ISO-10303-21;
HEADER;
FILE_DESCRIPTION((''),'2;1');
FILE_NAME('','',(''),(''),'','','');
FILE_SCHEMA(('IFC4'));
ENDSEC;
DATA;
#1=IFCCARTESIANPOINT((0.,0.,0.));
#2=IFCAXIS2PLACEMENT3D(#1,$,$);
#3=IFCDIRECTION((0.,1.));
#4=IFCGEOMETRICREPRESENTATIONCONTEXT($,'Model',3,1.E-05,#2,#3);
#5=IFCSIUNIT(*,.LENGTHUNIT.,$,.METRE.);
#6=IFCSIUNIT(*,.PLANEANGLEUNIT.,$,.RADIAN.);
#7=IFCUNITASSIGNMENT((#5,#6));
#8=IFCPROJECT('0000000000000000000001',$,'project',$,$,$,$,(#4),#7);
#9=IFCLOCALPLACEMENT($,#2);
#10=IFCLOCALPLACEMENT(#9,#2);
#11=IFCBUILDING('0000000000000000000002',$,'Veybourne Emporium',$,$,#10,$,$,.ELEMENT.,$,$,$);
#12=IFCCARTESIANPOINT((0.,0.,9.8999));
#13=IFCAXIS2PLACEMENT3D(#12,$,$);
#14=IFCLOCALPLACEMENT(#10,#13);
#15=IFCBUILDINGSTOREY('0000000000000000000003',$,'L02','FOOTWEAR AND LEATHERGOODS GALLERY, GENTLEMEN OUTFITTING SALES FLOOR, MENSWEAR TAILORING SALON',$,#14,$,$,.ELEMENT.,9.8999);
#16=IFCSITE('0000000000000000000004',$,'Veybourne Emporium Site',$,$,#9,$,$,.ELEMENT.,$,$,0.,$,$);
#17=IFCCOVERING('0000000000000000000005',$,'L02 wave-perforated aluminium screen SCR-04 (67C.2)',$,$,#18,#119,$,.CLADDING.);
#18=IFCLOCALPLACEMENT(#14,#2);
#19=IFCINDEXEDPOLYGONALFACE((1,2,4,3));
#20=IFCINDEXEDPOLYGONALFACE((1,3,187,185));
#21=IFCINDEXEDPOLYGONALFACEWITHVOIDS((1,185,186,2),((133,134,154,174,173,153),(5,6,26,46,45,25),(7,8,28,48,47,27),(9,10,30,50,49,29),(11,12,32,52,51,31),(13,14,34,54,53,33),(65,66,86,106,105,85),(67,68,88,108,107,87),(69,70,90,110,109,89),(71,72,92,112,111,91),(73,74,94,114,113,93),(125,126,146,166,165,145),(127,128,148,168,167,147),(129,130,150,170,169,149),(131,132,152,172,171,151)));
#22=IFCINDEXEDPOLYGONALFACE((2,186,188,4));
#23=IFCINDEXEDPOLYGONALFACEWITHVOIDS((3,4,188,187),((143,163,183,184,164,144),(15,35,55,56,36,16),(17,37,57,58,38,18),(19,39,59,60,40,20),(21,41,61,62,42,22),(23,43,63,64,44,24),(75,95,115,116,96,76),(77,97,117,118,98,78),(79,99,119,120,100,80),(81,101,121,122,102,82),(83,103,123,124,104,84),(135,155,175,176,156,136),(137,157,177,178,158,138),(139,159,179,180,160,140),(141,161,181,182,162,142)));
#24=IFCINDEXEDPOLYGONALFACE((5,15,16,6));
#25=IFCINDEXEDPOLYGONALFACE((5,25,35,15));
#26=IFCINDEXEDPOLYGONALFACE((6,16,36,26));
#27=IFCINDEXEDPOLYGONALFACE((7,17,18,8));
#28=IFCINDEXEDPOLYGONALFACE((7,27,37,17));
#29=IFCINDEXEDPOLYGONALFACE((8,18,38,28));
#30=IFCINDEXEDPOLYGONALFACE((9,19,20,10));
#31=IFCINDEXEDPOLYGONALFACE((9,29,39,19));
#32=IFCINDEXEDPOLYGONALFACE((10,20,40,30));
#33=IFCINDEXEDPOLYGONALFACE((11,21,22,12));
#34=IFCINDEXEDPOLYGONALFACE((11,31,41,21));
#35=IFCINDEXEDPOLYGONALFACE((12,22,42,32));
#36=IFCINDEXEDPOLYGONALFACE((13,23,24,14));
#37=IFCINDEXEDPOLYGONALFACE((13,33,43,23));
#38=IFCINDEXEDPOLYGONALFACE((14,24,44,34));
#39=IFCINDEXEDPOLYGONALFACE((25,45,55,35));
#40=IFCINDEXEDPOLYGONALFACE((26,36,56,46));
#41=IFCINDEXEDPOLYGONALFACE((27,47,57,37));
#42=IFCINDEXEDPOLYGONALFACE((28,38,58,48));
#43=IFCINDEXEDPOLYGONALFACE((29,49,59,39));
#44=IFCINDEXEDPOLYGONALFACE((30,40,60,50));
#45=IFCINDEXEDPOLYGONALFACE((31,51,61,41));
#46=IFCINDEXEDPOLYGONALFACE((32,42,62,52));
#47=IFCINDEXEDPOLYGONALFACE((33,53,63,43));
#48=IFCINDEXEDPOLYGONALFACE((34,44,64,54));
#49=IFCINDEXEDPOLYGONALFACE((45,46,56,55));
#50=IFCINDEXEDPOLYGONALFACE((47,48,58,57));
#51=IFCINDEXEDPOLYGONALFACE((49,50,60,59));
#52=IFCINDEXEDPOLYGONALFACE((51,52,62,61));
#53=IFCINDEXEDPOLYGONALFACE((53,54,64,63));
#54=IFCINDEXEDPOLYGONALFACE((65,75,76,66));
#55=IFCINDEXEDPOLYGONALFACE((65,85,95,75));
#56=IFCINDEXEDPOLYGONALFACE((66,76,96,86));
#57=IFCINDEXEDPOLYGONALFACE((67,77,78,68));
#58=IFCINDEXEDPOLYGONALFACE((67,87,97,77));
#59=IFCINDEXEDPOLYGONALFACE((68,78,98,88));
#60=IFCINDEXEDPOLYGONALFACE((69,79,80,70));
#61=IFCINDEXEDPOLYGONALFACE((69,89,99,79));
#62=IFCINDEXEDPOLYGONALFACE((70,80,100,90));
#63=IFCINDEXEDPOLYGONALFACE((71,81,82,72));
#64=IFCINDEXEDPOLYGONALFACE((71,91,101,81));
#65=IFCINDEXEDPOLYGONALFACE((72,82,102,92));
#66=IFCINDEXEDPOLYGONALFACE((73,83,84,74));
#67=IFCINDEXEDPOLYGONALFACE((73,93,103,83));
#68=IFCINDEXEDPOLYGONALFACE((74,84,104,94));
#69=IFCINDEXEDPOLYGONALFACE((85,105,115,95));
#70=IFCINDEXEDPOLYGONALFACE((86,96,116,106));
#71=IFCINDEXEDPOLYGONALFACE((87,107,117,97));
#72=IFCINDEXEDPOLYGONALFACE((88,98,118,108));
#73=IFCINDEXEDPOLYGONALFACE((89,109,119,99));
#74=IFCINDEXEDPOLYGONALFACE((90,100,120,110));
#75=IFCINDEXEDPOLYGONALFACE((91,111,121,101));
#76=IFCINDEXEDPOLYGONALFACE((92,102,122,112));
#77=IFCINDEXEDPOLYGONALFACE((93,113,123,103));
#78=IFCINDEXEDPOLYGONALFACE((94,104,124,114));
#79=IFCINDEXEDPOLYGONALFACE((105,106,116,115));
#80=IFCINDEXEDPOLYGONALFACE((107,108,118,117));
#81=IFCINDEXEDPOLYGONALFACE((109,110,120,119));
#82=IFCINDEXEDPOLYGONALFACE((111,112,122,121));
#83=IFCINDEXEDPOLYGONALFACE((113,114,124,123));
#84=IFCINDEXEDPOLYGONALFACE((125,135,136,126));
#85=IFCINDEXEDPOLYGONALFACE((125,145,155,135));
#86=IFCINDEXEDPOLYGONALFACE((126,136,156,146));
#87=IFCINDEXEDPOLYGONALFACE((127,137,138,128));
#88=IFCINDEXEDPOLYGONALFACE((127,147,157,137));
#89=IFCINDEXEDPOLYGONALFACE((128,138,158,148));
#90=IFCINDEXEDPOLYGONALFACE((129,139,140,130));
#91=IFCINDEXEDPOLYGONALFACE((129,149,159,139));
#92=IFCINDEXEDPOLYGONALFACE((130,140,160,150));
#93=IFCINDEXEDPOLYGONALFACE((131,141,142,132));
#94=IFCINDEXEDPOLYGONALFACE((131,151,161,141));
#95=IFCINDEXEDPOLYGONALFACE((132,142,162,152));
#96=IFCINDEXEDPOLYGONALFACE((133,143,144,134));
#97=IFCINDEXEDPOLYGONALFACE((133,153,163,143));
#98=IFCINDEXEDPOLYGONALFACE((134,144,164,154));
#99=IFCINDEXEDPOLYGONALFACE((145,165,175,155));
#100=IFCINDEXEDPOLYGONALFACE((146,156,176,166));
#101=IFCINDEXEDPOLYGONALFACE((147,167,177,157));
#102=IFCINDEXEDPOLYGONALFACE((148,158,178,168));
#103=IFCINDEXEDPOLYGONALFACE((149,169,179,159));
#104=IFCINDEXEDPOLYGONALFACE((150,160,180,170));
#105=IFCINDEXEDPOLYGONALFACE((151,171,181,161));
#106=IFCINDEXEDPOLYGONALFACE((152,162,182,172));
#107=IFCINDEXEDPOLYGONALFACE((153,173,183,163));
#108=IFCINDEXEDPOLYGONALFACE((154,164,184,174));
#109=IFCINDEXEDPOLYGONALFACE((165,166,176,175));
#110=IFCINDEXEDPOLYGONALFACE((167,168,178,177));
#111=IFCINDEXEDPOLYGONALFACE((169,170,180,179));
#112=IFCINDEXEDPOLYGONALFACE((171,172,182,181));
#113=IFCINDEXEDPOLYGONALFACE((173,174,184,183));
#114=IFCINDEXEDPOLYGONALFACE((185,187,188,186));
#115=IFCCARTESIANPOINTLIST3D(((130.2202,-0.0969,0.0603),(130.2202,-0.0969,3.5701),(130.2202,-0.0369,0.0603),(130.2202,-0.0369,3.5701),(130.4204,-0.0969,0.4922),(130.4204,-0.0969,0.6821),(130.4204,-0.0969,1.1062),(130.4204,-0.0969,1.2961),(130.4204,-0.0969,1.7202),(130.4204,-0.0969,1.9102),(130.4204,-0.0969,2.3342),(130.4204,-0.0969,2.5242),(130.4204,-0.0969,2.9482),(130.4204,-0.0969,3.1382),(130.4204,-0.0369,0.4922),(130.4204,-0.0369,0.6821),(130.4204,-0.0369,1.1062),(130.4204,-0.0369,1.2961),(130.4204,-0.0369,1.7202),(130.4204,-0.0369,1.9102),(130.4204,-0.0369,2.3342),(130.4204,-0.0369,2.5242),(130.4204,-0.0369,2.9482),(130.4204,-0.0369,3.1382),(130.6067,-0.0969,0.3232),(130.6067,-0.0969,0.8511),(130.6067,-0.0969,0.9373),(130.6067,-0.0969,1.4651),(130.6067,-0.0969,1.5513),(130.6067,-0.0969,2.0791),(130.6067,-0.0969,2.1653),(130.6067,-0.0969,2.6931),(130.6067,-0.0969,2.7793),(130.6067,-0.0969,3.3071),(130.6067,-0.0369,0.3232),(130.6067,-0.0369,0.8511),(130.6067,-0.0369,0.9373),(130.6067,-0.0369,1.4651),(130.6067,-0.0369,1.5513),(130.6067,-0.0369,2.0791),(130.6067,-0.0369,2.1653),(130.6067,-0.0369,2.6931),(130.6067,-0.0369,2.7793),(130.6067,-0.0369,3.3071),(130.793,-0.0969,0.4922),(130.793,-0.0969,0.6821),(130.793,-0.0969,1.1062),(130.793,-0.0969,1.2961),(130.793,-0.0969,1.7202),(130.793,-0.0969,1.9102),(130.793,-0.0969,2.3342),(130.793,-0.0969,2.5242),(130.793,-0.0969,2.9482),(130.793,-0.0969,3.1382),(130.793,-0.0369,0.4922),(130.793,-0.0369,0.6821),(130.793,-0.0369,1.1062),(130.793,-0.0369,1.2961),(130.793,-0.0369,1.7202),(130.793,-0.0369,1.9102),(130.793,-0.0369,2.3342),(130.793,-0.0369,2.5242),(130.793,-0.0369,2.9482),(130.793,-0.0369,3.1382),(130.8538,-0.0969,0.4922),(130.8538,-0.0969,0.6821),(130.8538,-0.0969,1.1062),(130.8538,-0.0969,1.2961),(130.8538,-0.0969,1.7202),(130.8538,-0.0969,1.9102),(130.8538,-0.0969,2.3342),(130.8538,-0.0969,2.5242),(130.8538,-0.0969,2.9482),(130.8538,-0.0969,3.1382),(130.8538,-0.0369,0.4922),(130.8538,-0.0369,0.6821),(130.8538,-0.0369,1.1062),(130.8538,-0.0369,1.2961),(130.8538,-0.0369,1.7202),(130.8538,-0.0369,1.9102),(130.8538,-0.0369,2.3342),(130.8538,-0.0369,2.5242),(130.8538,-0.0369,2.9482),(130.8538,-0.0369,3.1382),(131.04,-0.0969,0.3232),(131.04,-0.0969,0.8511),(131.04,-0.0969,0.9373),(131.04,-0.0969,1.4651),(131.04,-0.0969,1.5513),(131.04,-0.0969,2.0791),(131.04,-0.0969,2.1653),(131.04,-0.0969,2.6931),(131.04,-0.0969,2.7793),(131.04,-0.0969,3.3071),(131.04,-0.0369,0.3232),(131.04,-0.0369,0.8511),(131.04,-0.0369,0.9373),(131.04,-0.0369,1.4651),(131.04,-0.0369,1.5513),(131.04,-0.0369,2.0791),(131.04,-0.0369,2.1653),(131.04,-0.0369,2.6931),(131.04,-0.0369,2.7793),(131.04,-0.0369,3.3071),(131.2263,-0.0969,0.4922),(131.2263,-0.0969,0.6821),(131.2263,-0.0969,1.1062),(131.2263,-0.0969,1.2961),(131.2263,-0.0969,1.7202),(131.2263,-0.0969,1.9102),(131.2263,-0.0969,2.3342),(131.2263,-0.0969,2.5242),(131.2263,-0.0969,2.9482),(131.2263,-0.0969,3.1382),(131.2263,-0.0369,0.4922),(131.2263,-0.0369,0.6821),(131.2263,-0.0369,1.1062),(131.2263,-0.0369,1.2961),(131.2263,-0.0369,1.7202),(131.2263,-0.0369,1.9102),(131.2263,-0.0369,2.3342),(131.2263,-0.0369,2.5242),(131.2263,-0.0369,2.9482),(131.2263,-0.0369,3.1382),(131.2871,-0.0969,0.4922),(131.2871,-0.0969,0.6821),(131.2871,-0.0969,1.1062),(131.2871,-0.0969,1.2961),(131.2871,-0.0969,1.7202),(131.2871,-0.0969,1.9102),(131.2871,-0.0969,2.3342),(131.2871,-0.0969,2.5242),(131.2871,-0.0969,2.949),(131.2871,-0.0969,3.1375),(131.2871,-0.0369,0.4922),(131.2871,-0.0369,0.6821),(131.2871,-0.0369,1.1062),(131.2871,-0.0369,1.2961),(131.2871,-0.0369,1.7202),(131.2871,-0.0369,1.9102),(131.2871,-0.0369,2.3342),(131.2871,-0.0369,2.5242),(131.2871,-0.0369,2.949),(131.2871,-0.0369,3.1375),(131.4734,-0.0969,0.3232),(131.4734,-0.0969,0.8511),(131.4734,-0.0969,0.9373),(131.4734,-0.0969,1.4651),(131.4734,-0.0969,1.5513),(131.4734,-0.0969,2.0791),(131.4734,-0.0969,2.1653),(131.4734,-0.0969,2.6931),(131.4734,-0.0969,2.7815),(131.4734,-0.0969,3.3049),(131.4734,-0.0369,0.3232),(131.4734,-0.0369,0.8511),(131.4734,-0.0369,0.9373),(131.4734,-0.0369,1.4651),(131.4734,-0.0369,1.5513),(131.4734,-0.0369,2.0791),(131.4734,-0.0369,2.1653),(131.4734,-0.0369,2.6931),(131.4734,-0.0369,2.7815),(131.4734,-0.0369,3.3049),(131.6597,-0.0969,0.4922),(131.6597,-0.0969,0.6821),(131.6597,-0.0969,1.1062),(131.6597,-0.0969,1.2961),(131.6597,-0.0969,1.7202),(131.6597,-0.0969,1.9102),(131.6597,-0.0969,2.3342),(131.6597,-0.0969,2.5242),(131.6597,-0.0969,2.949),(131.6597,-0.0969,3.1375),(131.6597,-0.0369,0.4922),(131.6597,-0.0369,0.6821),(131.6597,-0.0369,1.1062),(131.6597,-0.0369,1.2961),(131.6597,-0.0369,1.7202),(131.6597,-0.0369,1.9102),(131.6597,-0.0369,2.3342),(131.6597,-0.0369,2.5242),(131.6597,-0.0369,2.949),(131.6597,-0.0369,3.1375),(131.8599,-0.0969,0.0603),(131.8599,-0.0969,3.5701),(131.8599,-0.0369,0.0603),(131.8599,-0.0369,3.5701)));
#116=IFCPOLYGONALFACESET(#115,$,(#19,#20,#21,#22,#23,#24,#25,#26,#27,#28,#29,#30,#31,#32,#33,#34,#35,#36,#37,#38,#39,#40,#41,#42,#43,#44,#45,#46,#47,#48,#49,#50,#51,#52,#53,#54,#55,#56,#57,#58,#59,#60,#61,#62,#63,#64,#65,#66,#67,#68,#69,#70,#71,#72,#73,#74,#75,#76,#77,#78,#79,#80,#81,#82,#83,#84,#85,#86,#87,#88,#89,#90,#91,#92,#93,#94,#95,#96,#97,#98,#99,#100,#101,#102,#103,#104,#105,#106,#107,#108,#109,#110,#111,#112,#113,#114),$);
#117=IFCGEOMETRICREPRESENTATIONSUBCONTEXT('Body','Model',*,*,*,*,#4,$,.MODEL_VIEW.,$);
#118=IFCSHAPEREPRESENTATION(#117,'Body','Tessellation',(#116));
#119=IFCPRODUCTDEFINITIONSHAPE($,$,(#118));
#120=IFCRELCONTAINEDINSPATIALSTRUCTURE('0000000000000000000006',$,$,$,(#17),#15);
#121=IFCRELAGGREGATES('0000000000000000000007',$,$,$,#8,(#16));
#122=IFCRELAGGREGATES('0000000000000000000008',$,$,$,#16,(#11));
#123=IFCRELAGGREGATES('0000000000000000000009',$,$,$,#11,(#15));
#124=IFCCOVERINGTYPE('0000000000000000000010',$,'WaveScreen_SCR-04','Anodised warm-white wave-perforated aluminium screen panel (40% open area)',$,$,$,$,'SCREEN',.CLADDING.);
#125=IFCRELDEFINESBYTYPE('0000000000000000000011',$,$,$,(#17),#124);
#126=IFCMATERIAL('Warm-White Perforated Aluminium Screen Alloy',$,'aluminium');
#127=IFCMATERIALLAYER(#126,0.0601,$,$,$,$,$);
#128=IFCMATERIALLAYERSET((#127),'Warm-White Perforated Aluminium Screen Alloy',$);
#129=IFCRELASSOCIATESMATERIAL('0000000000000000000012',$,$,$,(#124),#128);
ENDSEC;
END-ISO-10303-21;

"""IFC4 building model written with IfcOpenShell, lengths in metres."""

from ifc_helpers import new_model, si_unit, direction, frame, origin, place, context, subcontext, project, spatial, polyline, outline, extrude, material, layer, layer_set, type_object, element, save


model = new_model("IFC4")

# Units and contexts
model_context = context("Model", 3, precision=1e-05, world=origin(), true_north=direction((0.0, 1.0)))
body_context = subcontext(model_context, "Body", "Model", "MODEL_VIEW")
ifc_project = project(units=[si_unit("LENGTHUNIT", "METRE"), si_unit("PLANEANGLEUNIT", "RADIAN")], contexts=[model_context])

# Site, building, storey
site_placement = place(None, origin())
site = spatial("IfcSite", under=ifc_project, at=site_placement, Name="Veybourne Emporium Site", CompositionType="ELEMENT", RefElevation=0.0)
building_placement = place(site_placement, origin())
building = spatial("IfcBuilding", under=site, at=building_placement, Name="Veybourne Emporium", CompositionType="ELEMENT")
storey_placement = place(building_placement, frame((0.0, 0.0, 9.8999)))
storey = spatial("IfcBuildingStorey", under=building, at=storey_placement, Name="L02", Description="FOOTWEAR AND LEATHERGOODS GALLERY, GENTLEMEN OUTFITTING SALES FLOOR, MENSWEAR TAILORING SALON", CompositionType="ELEMENT", Elevation=9.8999)

# Covering
ifc_material_1 = material(Name="Warm-White Perforated Aluminium Screen Alloy", Category="aluminium")
ifc_layer_1 = layer(ifc_material_1, 0.0601)
ifc_layer_set_1 = layer_set([ifc_layer_1], Name="Warm-White Perforated Aluminium Screen Alloy")
covering_type_1 = type_object("IfcCoveringType", Name="WaveScreen_SCR-04", Description="Anodised warm-white wave-perforated aluminium screen panel (40% open area)", ElementType="SCREEN", PredefinedType="CLADDING", material=ifc_layer_set_1)
covering_1_placement = place(storey_placement, frame((131.04, -0.0969, 1.8152), z_axis=(0.0, 1.0, 0.0), x_axis=(-1.0, 0.0, 0.0)))
element("IfcCovering", 1, at=covering_1_placement, inside=storey, type_object=covering_type_1, Name="L02 wave-perforated aluminium screen SCR-04 (67C.2)", PredefinedType="CLADDING", context=body_context, shape_type="SweptSolid", body=[
    extrude(outline(polyline([(-0.8198, -1.7549), (0.8198, -1.7549), (0.8198, 1.7549), (-0.8198, 1.7549), (-0.8198, -1.7549)]), holes=[polyline([(-0.4333, -0.9641), (-0.2471, -1.1331), (-0.2471, -1.323), (-0.4333, -1.4919), (-0.6196, -1.323), (-0.6196, -1.1331), (-0.4333, -0.9641)]), polyline([(-0.4333, -0.3501), (-0.2471, -0.519), (-0.2471, -0.709), (-0.4333, -0.8779), (-0.6196, -0.709), (-0.6196, -0.519), (-0.4333, -0.3501)]), polyline([(-0.4333, 0.2639), (-0.2471, 0.095), (-0.2471, -0.095), (-0.4333, -0.2639), (-0.6196, -0.095), (-0.6196, 0.095), (-0.4333, 0.2639)]), polyline([(-0.4333, 0.8779), (-0.2471, 0.709), (-0.2471, 0.519), (-0.4333, 0.3501), (-0.6196, 0.519), (-0.6196, 0.709), (-0.4333, 0.8779)]), polyline([(-0.4333, 1.4897), (-0.2471, 1.3223), (-0.2471, 1.1338), (-0.4333, 0.9663), (-0.6196, 1.1338), (-0.6196, 1.3223), (-0.4333, 1.4897)]), polyline([(0.0, -0.9641), (0.1863, -1.1331), (0.1863, -1.323), (0.0, -1.4919), (-0.1863, -1.323), (-0.1863, -1.1331), (0.0, -0.9641)]), polyline([(0.0, -0.3501), (0.1863, -0.519), (0.1863, -0.709), (0.0, -0.8779), (-0.1863, -0.709), (-0.1863, -0.519), (0.0, -0.3501)]), polyline([(0.0, 0.2639), (0.1863, 0.095), (0.1863, -0.095), (0.0, -0.2639), (-0.1863, -0.095), (-0.1863, 0.095), (0.0, 0.2639)]), polyline([(0.0, 0.8779), (0.1863, 0.709), (0.1863, 0.519), (0.0, 0.3501), (-0.1863, 0.519), (-0.1863, 0.709), (0.0, 0.8779)]), polyline([(0.0, 1.4919), (0.1863, 1.323), (0.1863, 1.1331), (0.0, 0.9641), (-0.1863, 1.1331), (-0.1863, 1.323), (0.0, 1.4919)]), polyline([(0.4333, -0.9641), (0.6196, -1.1331), (0.6196, -1.323), (0.4333, -1.4919), (0.2471, -1.323), (0.2471, -1.1331), (0.4333, -0.9641)]), polyline([(0.4333, -0.3501), (0.6196, -0.519), (0.6196, -0.709), (0.4333, -0.8779), (0.2471, -0.709), (0.2471, -0.519), (0.4333, -0.3501)]), polyline([(0.4333, 0.2639), (0.6196, 0.095), (0.6196, -0.095), (0.4333, -0.2639), (0.2471, -0.095), (0.2471, 0.095), (0.4333, 0.2639)]), polyline([(0.4333, 0.8779), (0.6196, 0.709), (0.6196, 0.519), (0.4333, 0.3501), (0.2471, 0.519), (0.2471, 0.709), (0.4333, 0.8779)]), polyline([(0.4333, 1.4919), (0.6196, 1.323), (0.6196, 1.1331), (0.4333, 0.9641), (0.2471, 1.1331), (0.2471, 1.323), (0.4333, 1.4919)])]), origin(), (0.0, 0.0, 1.0), 0.0601),
])

save(model, "model.ifc")
